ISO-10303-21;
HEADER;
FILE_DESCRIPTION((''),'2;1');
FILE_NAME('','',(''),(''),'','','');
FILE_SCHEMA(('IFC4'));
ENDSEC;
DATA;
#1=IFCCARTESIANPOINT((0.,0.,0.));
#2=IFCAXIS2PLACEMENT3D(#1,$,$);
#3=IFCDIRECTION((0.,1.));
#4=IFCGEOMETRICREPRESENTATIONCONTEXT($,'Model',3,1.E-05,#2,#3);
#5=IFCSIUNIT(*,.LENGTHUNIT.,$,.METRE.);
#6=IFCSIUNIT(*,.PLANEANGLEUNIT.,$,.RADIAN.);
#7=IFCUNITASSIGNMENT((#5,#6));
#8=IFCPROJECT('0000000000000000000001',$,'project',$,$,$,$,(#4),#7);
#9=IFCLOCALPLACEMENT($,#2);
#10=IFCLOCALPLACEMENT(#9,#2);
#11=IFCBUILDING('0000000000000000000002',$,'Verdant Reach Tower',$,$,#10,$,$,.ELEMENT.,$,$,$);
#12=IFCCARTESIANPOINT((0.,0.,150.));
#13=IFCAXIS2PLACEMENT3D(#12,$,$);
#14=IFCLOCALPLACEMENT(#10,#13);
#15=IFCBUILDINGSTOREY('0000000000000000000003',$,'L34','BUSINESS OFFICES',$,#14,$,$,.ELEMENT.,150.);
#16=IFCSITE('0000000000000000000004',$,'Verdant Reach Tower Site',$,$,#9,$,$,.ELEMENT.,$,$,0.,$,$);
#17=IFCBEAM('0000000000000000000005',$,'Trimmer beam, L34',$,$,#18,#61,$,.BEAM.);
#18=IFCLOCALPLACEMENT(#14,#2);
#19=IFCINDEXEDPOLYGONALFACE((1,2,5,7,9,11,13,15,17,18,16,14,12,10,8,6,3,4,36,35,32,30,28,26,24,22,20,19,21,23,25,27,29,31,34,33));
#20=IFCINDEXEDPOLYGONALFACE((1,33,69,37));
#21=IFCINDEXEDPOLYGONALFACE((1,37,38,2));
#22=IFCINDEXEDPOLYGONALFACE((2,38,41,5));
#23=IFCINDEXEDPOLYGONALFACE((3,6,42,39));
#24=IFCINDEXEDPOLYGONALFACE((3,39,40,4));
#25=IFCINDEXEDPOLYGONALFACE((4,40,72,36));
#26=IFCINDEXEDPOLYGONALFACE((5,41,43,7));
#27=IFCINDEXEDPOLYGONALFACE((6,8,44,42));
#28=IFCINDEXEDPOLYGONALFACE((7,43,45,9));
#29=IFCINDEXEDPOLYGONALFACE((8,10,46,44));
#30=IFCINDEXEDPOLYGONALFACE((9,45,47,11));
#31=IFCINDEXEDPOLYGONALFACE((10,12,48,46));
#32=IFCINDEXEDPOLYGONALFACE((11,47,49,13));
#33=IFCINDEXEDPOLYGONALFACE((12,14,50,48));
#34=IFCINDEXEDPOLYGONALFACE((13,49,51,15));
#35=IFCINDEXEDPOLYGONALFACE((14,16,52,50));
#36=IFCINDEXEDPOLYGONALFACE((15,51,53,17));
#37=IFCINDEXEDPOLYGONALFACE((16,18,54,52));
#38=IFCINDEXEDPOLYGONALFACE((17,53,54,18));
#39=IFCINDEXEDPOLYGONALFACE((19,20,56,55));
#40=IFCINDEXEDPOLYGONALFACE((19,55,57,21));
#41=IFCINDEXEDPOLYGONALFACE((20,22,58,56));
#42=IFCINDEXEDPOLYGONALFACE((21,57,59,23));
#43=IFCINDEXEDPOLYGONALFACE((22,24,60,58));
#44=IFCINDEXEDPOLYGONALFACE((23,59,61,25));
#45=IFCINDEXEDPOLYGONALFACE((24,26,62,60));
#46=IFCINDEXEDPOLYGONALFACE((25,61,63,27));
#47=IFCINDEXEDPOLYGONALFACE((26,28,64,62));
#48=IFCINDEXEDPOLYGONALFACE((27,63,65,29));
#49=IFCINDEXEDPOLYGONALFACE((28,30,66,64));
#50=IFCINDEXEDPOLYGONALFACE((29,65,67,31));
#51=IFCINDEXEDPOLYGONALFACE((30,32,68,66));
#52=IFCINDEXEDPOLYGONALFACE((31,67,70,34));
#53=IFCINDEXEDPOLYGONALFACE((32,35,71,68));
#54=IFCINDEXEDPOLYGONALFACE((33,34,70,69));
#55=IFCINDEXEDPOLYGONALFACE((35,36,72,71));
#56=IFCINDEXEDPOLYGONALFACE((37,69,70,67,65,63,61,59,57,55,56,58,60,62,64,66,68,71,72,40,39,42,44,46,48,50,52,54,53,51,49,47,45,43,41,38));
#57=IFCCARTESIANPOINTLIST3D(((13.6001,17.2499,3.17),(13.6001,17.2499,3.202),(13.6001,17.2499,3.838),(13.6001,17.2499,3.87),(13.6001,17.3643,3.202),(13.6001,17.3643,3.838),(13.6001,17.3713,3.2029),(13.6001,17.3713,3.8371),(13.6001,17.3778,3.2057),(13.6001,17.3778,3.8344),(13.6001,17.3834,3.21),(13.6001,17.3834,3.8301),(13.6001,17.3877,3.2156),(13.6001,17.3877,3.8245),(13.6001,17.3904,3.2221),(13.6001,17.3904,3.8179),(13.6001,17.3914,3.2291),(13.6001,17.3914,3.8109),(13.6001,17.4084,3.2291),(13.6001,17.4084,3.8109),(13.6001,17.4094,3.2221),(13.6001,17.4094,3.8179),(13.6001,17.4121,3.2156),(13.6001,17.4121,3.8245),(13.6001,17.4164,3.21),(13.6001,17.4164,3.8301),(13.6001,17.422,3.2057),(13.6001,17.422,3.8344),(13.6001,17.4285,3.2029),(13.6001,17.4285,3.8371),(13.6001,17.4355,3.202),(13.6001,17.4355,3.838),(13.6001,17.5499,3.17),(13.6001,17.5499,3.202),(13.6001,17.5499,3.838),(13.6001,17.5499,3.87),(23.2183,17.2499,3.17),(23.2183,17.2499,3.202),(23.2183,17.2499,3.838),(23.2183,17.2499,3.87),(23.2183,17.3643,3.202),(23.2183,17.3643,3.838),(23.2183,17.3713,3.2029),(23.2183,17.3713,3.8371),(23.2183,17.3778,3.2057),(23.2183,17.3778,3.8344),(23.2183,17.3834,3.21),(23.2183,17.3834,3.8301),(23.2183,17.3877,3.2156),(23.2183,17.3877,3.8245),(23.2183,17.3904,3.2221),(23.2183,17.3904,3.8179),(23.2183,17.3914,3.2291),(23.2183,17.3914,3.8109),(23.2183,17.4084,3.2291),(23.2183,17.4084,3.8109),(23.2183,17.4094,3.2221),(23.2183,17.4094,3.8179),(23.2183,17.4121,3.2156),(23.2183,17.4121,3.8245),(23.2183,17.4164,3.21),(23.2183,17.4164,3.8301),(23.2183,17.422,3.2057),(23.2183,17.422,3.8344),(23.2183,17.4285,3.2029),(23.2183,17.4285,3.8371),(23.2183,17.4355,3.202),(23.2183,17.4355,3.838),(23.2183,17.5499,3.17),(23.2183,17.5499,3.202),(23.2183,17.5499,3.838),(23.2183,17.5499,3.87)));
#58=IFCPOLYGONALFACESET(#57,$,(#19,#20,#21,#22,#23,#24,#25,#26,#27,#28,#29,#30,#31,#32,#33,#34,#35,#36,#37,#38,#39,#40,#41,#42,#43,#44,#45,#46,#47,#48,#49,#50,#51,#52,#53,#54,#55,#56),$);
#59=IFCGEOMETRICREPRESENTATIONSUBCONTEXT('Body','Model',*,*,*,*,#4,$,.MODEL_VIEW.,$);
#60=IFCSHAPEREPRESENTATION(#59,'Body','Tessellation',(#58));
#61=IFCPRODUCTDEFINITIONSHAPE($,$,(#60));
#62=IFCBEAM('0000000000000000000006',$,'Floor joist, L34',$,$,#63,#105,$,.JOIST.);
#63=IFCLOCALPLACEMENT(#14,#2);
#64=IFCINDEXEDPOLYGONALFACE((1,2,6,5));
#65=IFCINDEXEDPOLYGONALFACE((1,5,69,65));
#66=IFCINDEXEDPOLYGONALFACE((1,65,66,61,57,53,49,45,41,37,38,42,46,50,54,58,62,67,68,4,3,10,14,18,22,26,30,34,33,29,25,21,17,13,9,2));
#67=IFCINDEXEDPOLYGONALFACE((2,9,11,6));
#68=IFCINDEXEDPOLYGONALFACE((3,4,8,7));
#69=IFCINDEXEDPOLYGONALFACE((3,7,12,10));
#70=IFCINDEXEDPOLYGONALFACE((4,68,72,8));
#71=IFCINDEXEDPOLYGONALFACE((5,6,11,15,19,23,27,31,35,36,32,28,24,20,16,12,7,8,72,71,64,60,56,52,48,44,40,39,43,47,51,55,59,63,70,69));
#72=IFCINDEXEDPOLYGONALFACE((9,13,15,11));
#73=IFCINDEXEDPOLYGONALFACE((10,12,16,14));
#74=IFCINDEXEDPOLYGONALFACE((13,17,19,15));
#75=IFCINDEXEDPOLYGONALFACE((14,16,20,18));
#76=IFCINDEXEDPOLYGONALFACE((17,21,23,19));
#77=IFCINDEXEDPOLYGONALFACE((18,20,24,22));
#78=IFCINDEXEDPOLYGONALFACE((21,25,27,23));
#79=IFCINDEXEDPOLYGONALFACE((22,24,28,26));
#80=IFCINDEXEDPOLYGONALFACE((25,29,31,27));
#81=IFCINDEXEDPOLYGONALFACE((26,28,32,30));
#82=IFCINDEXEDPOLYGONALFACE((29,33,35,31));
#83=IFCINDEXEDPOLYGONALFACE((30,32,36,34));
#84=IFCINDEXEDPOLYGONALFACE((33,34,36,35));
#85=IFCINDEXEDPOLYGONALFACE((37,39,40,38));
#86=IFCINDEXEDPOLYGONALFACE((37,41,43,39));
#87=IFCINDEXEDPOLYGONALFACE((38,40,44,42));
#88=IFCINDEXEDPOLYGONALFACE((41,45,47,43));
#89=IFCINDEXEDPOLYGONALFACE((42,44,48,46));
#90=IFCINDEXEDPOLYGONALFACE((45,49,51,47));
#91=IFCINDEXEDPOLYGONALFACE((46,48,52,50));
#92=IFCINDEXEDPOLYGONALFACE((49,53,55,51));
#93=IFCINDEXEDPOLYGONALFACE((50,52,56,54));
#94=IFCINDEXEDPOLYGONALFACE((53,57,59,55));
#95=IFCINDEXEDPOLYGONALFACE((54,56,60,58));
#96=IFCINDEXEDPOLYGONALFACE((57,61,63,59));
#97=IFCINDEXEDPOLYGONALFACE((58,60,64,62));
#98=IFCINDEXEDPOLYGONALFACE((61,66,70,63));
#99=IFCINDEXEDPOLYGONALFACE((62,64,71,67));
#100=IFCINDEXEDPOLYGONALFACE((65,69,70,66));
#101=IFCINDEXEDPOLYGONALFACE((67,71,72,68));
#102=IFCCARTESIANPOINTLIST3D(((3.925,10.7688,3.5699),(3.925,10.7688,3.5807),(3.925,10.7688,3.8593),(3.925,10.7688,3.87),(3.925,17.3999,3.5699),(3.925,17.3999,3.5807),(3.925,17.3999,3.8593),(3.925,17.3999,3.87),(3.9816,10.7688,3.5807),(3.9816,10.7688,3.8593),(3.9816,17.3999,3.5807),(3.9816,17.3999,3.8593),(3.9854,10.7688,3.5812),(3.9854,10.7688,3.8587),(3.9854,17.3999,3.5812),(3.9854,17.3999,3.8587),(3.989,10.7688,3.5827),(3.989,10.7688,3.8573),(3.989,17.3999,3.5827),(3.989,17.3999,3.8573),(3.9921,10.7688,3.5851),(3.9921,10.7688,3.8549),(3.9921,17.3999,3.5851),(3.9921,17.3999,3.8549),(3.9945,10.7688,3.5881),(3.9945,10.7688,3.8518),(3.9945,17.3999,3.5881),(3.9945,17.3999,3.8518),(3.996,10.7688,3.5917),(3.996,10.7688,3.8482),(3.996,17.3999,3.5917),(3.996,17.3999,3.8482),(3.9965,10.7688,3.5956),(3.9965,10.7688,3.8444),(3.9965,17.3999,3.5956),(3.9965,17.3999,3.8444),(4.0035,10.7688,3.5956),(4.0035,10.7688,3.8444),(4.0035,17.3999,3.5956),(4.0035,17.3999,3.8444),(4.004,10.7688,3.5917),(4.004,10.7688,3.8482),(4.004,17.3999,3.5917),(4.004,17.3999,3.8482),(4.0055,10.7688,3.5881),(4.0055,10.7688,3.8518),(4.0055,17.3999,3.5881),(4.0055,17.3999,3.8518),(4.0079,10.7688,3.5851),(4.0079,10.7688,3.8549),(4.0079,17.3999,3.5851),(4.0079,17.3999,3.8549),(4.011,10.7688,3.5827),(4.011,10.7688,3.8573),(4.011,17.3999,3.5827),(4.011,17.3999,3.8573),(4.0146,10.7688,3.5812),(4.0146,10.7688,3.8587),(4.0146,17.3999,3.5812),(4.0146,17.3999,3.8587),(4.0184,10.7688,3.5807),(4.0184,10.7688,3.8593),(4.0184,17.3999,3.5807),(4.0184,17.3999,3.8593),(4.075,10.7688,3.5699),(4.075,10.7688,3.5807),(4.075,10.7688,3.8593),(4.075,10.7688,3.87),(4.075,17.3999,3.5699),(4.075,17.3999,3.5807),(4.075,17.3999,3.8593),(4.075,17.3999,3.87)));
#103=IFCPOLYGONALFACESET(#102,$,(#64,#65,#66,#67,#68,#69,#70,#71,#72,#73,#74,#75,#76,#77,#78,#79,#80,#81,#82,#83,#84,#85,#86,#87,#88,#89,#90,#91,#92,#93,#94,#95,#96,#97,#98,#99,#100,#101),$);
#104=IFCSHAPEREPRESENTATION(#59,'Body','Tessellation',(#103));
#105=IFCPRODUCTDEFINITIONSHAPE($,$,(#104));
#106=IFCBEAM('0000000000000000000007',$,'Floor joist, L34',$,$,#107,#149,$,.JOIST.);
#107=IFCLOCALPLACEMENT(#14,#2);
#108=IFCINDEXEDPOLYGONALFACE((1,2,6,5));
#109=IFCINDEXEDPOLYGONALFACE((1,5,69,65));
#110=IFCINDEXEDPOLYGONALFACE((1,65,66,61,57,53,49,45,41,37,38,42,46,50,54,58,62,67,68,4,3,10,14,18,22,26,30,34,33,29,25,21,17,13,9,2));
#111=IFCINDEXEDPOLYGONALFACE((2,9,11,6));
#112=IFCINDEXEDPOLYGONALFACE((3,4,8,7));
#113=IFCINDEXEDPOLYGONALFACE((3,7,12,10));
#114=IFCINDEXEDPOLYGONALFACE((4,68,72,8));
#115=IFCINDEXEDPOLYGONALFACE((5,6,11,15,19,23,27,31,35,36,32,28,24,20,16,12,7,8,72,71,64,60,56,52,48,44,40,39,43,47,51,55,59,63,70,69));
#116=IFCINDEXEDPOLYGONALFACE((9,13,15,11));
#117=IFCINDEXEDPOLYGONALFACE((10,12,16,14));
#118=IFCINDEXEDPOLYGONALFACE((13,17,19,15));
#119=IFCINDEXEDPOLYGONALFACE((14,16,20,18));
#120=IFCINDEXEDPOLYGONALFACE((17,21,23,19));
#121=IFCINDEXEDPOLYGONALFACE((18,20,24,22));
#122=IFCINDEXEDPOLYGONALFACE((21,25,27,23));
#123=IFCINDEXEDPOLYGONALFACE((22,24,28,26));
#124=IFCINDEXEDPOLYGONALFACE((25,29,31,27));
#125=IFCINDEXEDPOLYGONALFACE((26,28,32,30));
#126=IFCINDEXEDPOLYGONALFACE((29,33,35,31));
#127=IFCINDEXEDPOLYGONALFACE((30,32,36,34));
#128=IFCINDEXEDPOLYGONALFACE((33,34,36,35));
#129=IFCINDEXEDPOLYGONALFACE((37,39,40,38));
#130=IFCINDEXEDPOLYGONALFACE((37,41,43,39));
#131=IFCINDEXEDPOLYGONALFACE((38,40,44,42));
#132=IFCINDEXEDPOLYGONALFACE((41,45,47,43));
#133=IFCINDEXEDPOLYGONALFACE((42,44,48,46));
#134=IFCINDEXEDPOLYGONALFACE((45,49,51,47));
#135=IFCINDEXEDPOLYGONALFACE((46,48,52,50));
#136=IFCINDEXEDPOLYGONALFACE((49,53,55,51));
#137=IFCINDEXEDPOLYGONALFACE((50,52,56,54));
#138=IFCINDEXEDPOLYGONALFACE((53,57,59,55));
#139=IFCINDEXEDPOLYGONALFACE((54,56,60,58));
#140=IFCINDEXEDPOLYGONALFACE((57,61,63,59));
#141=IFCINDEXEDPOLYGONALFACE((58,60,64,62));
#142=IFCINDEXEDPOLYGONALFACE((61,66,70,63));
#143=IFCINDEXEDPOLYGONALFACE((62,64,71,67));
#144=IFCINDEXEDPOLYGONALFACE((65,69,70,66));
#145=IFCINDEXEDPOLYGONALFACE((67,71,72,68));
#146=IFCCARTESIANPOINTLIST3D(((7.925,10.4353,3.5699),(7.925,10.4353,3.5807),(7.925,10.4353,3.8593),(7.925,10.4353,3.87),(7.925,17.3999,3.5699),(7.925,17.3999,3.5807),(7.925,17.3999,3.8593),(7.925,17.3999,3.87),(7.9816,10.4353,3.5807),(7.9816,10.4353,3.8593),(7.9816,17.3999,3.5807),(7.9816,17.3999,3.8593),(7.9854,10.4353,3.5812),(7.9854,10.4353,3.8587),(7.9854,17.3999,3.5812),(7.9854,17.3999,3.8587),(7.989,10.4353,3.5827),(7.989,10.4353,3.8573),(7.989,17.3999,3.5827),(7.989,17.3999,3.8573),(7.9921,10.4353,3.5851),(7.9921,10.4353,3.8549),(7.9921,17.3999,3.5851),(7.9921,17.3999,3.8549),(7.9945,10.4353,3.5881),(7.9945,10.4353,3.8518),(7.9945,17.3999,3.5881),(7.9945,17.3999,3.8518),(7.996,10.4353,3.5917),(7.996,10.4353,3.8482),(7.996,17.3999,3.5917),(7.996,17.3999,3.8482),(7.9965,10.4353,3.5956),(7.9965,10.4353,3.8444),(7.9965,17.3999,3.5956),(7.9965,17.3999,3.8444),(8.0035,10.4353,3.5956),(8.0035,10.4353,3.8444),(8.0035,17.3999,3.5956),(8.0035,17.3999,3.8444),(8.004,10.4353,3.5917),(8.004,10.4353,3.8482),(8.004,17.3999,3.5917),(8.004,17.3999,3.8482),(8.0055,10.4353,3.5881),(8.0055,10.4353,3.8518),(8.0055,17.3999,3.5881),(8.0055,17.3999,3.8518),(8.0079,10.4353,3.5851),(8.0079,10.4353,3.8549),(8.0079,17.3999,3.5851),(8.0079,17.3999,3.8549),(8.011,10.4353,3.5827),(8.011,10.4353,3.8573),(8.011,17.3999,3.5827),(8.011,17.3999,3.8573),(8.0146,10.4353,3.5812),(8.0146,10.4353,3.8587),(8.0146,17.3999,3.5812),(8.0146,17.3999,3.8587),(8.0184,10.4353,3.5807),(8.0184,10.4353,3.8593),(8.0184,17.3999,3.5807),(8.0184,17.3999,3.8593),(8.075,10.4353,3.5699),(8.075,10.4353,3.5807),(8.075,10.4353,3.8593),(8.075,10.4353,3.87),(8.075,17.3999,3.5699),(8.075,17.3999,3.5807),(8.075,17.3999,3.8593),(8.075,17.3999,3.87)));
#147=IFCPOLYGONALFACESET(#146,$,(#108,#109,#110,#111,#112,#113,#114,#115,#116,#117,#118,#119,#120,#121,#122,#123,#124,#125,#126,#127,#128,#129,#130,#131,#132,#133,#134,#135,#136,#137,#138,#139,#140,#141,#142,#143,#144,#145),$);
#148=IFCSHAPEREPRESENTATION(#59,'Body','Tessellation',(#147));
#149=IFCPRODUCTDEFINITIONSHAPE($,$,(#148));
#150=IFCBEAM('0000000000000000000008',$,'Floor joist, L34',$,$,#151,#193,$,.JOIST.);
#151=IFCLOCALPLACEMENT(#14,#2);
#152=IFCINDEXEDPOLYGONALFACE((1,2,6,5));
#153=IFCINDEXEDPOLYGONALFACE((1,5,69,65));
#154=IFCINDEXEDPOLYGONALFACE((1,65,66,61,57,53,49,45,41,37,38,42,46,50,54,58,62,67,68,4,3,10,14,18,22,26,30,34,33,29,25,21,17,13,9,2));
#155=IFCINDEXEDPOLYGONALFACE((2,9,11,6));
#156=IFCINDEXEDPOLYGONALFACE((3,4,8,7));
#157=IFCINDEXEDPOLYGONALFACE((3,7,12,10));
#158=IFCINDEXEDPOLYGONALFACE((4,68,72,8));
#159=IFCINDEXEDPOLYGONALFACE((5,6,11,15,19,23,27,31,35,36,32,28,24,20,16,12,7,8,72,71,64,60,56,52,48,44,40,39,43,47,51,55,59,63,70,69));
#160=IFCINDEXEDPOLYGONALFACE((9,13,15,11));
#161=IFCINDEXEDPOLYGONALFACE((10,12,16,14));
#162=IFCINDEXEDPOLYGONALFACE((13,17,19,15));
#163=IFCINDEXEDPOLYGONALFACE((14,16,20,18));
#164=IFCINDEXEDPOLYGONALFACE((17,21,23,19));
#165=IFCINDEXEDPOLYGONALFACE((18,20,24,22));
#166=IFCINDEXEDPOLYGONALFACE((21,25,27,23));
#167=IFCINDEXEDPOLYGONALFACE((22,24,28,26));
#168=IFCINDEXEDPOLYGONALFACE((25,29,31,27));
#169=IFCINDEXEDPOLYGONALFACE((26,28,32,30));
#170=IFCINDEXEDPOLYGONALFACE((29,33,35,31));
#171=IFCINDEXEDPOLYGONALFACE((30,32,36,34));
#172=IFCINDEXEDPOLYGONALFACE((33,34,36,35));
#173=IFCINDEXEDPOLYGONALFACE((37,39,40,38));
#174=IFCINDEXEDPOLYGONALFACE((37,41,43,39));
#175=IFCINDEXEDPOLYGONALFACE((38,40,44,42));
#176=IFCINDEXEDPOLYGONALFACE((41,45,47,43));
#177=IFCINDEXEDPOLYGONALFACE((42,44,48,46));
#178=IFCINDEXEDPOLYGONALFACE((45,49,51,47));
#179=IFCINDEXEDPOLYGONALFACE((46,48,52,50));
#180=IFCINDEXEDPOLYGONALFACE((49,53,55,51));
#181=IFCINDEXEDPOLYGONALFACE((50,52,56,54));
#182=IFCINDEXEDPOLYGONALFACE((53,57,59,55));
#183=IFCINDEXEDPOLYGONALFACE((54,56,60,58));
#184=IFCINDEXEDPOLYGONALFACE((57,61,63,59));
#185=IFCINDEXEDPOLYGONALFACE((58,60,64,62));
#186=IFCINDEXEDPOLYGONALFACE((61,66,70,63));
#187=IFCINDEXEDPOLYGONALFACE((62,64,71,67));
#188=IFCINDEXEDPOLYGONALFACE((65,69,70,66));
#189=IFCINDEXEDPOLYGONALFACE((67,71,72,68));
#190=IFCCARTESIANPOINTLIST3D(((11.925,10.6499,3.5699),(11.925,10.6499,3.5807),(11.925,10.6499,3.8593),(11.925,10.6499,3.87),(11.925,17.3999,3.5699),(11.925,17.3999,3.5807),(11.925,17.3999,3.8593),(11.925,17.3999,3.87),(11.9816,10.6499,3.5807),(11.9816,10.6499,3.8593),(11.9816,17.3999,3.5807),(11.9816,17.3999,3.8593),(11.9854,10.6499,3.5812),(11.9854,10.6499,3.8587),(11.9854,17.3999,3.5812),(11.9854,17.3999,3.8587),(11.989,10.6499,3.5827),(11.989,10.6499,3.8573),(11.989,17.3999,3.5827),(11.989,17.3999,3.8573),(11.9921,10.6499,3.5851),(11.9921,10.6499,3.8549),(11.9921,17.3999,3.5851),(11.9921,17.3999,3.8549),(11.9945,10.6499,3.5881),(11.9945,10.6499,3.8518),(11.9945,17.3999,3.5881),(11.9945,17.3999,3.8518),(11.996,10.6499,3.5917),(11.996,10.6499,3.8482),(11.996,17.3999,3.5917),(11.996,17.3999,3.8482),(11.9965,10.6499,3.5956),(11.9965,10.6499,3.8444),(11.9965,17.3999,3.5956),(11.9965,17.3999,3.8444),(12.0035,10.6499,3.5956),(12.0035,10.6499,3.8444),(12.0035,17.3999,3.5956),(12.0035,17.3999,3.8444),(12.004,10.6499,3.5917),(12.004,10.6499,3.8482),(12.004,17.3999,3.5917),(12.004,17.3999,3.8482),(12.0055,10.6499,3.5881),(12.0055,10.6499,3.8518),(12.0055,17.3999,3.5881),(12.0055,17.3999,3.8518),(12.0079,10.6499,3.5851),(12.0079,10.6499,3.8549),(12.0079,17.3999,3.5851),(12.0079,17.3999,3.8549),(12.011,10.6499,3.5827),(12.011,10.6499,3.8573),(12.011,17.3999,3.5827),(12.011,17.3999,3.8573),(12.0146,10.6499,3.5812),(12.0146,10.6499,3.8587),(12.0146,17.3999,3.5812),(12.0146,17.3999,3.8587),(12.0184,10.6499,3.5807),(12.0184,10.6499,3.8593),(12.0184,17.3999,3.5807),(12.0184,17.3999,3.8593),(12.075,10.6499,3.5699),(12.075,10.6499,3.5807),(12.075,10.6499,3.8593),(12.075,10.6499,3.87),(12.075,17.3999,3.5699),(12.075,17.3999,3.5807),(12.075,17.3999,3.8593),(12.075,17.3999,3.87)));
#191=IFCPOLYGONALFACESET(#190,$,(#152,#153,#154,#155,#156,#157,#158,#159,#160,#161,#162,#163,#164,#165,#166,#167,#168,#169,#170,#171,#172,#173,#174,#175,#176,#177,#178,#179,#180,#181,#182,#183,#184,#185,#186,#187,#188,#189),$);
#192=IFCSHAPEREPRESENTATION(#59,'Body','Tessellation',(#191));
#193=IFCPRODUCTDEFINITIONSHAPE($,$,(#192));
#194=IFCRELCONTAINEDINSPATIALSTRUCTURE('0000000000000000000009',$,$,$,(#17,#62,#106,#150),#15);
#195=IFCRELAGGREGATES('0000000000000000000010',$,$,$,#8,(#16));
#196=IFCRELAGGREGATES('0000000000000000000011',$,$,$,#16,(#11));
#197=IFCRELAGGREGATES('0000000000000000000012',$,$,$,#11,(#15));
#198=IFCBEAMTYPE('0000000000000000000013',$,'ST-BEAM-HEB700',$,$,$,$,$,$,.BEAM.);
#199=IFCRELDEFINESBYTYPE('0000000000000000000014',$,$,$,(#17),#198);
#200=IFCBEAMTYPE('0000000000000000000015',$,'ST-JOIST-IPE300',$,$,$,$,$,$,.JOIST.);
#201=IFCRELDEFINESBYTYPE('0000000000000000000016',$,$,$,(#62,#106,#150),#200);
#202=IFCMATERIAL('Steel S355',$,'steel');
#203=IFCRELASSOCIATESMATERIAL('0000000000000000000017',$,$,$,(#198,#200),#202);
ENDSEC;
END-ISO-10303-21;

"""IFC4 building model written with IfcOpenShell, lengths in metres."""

from ifc_helpers import new_model, si_unit, direction, frame, origin, origin_2d, place, context, subcontext, project, spatial, i_section, extrude, material, material_profile, profile_set, type_object, element, save


model = new_model("IFC4")

# Units and contexts
model_context = context("Model", 3, precision=1e-05, world=origin(), true_north=direction((0.0, 1.0)))
body_context = subcontext(model_context, "Body", "Model", "MODEL_VIEW")
ifc_project = project(units=[si_unit("LENGTHUNIT", "METRE"), si_unit("PLANEANGLEUNIT", "RADIAN")], contexts=[model_context])

# Site, building, storey
site_placement = place(None, origin())
site = spatial("IfcSite", under=ifc_project, at=site_placement, Name="Verdant Reach Tower Site", CompositionType="ELEMENT", RefElevation=0.0)
building_placement = place(site_placement, origin())
building = spatial("IfcBuilding", under=site, at=building_placement, Name="Verdant Reach Tower", CompositionType="ELEMENT")
storey_placement = place(building_placement, frame((0.0, 0.0, 150.0)))
storey = spatial("IfcBuildingStorey", under=building, at=storey_placement, Name="L34", Description="BUSINESS OFFICES", CompositionType="ELEMENT", Elevation=150.0)

# Beams
ifc_material_1 = material(Name="Steel S355", Category="steel")
ifc_material_profile_1 = material_profile(ifc_material_1, i_section(OverallWidth=0.3, OverallDepth=0.7, WebThickness=0.0171, FlangeThickness=0.032, FilletRadius=0.0271, at=origin_2d()), Name="HEB 700")
ifc_profile_set_1 = profile_set([ifc_material_profile_1], Name="Steel S355")
beam_type_1 = type_object("IfcBeamType", Name="ST-BEAM-HEB700", PredefinedType="BEAM", material=ifc_profile_set_1)
beam_1_placement = place(storey_placement, frame((13.6001, 17.3999, 3.52), z_axis=(1.0, 0.0, 0.0), x_axis=(0.0, 1.0, 0.0)))
element("IfcBeam", 1, at=beam_1_placement, inside=storey, type_object=beam_type_1, Name="Trimmer beam, L34", PredefinedType="BEAM", context=body_context, shape_type="SweptSolid", body=[
    extrude(i_section(OverallWidth=0.3, OverallDepth=0.7, WebThickness=0.0171, FlangeThickness=0.032, FilletRadius=0.0271, at=origin_2d()), origin(), (0.0, 0.0, 1.0), 9.6182),
])
ifc_material_profile_2 = material_profile(ifc_material_1, i_section(OverallWidth=0.1499, OverallDepth=0.3, WebThickness=0.0071, FlangeThickness=0.0107, FilletRadius=0.0149, at=origin_2d()), Name="IPE 300")
ifc_profile_set_2 = profile_set([ifc_material_profile_2], Name="Steel S355")
beam_type_2 = type_object("IfcBeamType", Name="ST-JOIST-IPE300", PredefinedType="JOIST", material=ifc_profile_set_2)
beam_2_placement = place(storey_placement, frame((4.0, 17.3999, 3.72), z_axis=(0.0, -1.0, 0.0), x_axis=(1.0, 0.0, 0.0)))
element("IfcBeam", 2, at=beam_2_placement, inside=storey, type_object=beam_type_2, Name="Floor joist, L34", PredefinedType="JOIST", context=body_context, shape_type="SweptSolid", body=[
    extrude(i_section(OverallWidth=0.1499, OverallDepth=0.3, WebThickness=0.0071, FlangeThickness=0.0107, FilletRadius=0.0149, at=origin_2d()), origin(), (0.0, 0.0, 1.0), 6.6311),
])
beam_3_placement = place(storey_placement, frame((8.0, 17.3999, 3.72), z_axis=(0.0, -1.0, 0.0), x_axis=(1.0, 0.0, 0.0)))
element("IfcBeam", 3, at=beam_3_placement, inside=storey, type_object=beam_type_2, Name="Floor joist, L34", PredefinedType="JOIST", context=body_context, shape_type="SweptSolid", body=[
    extrude(i_section(OverallWidth=0.1499, OverallDepth=0.3, WebThickness=0.0071, FlangeThickness=0.0107, FilletRadius=0.0149, at=origin_2d()), origin(), (0.0, 0.0, 1.0), 6.9646),
])
beam_4_placement = place(storey_placement, frame((12.0, 17.3999, 3.72), z_axis=(0.0, -1.0, 0.0), x_axis=(1.0, 0.0, 0.0)))
element("IfcBeam", 4, at=beam_4_placement, inside=storey, type_object=beam_type_2, Name="Floor joist, L34", PredefinedType="JOIST", context=body_context, shape_type="SweptSolid", body=[
    extrude(i_section(OverallWidth=0.1499, OverallDepth=0.3, WebThickness=0.0071, FlangeThickness=0.0107, FilletRadius=0.0149, at=origin_2d()), origin(), (0.0, 0.0, 1.0), 6.75),
])

save(model, "model.ifc")
